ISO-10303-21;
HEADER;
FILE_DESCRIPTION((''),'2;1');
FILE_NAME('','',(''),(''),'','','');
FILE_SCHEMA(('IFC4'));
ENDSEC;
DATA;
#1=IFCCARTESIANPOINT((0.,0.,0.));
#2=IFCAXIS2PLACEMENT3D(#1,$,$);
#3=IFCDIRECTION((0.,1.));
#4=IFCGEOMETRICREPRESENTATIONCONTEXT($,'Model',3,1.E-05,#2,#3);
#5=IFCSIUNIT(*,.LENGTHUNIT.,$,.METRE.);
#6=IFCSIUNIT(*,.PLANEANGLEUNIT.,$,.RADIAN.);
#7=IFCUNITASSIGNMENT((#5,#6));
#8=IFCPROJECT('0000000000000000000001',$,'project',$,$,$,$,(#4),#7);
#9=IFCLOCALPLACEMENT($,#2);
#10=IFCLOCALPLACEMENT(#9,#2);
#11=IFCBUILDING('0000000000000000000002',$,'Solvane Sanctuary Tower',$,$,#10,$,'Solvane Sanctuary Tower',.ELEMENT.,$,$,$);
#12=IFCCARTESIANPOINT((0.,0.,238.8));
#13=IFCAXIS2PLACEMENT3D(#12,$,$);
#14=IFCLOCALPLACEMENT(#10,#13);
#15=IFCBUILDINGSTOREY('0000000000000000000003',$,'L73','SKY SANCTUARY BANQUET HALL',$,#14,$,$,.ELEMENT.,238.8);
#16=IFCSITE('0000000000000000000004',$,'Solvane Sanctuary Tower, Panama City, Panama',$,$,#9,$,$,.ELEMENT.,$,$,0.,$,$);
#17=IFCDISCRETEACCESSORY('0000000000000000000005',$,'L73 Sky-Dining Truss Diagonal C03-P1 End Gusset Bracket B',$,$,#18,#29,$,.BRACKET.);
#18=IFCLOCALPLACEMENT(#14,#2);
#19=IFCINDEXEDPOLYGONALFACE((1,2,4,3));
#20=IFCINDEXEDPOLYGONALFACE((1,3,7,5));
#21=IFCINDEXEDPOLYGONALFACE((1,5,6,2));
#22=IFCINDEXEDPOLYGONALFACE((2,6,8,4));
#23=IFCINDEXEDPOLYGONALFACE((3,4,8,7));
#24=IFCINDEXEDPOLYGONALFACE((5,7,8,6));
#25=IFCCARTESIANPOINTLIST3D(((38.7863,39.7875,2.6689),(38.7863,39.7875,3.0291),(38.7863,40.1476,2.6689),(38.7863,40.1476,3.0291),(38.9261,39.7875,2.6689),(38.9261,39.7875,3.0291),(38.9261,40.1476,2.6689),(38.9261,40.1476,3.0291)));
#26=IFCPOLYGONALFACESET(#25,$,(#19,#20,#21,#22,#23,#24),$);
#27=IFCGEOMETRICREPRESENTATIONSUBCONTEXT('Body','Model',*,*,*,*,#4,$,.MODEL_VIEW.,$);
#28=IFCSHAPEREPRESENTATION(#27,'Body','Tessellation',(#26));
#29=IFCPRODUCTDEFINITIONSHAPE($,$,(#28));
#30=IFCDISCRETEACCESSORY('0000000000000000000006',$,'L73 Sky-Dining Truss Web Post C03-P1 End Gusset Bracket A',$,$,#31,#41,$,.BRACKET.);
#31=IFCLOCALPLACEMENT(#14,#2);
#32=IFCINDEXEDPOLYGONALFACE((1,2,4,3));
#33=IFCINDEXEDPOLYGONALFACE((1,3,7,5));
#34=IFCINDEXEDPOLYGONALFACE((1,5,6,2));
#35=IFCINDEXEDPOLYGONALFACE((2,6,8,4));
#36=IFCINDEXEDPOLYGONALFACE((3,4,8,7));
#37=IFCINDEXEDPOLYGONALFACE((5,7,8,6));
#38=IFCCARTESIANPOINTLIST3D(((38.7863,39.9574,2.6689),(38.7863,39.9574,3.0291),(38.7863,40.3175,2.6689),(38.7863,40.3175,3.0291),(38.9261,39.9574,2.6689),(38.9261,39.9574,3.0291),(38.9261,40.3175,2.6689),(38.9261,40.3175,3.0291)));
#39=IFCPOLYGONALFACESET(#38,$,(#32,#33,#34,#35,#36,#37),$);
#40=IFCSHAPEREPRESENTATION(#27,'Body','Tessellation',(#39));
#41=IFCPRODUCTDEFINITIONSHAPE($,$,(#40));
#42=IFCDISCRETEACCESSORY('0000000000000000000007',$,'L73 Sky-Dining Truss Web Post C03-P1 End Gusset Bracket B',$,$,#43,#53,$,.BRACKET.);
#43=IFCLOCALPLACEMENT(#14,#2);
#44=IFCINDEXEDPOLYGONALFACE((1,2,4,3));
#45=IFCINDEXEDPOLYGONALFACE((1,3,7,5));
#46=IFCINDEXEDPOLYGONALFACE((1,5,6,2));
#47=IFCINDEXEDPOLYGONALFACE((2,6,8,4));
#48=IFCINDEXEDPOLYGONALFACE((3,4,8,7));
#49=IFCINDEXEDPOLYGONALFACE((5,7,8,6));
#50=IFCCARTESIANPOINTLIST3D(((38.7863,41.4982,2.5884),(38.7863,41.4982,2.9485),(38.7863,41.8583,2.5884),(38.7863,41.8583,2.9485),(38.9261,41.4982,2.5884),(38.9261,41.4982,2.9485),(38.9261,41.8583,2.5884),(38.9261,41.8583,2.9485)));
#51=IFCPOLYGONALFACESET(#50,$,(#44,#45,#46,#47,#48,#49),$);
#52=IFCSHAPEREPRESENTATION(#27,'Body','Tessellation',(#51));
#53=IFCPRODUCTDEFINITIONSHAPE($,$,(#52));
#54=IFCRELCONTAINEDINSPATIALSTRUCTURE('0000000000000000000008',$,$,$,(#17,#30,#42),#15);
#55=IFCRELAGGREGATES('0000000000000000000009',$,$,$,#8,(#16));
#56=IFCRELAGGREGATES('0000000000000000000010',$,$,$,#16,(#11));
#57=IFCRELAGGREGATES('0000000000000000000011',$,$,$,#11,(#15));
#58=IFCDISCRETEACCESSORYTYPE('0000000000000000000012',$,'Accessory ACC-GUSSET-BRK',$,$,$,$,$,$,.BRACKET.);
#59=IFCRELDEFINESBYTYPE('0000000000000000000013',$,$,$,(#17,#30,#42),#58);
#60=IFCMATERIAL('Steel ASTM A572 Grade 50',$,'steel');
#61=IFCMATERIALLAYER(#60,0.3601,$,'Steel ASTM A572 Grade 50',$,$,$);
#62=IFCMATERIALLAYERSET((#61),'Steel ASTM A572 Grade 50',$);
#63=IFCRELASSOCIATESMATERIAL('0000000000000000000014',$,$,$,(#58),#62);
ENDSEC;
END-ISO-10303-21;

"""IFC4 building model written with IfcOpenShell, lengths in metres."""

from ifc_helpers import new_model, si_unit, direction, frame, origin, origin_2d, place, context, subcontext, project, spatial, rectangle, extrude, material, layer, layer_set, type_object, element, save


model = new_model("IFC4")

# Units and contexts
model_context = context("Model", 3, precision=1e-05, world=origin(), true_north=direction((0.0, 1.0)))
body_context = subcontext(model_context, "Body", "Model", "MODEL_VIEW")
ifc_project = project(units=[si_unit("LENGTHUNIT", "METRE"), si_unit("PLANEANGLEUNIT", "RADIAN")], contexts=[model_context])

# Site, building, storey
site_placement = place(None, origin())
site = spatial("IfcSite", under=ifc_project, at=site_placement, Name="Solvane Sanctuary Tower, Panama City, Panama", CompositionType="ELEMENT", RefElevation=0.0)
building_placement = place(site_placement, origin())
building = spatial("IfcBuilding", under=site, at=building_placement, Name="Solvane Sanctuary Tower", LongName="Solvane Sanctuary Tower", CompositionType="ELEMENT")
storey_placement = place(building_placement, frame((0.0, 0.0, 238.8)))
storey = spatial("IfcBuildingStorey", under=building, at=storey_placement, Name="L73", Description="SKY SANCTUARY BANQUET HALL", CompositionType="ELEMENT", Elevation=238.8)

# Discrete accessories
ifc_material_1 = material(Name="Steel ASTM A572 Grade 50", Category="steel")
ifc_layer_1 = layer(ifc_material_1, 0.3601, Name="Steel ASTM A572 Grade 50")
ifc_layer_set_1 = layer_set([ifc_layer_1], Name="Steel ASTM A572 Grade 50")
discrete_accessory_type = type_object("IfcDiscreteAccessoryType", Name="Accessory ACC-GUSSET-BRK", PredefinedType="BRACKET", material=ifc_layer_set_1)
for number, where, z_axis, x_axis, name in (
    (1, (38.8562, 39.9675, 2.6689), (0.0, 0.0, 1.0), (0.0, 1.0, 0.0), "L73 Sky-Dining Truss Diagonal C03-P1 End Gusset Bracket B"),
    (2, (38.8562, 40.1375, 2.6689), (0.0, 0.0, 1.0), (0.0, 1.0, 0.0), "L73 Sky-Dining Truss Web Post C03-P1 End Gusset Bracket A"),
    (3, (38.8562, 41.6782, 2.5884), (0.0, 0.0, 1.0), (0.0, 1.0, 0.0), "L73 Sky-Dining Truss Web Post C03-P1 End Gusset Bracket B"),
):
    element("IfcDiscreteAccessory", number, at=place(storey_placement, frame(where, z_axis=z_axis, x_axis=x_axis)), inside=storey, type_object=discrete_accessory_type, Name=name, PredefinedType="BRACKET", context=body_context, shape_type="SweptSolid", body=[
        extrude(rectangle(XDim=0.3601, YDim=0.1399, at=origin_2d()), origin(), (0.0, 0.0, 1.0), 0.3601),
    ])

save(model, "model.ifc")
